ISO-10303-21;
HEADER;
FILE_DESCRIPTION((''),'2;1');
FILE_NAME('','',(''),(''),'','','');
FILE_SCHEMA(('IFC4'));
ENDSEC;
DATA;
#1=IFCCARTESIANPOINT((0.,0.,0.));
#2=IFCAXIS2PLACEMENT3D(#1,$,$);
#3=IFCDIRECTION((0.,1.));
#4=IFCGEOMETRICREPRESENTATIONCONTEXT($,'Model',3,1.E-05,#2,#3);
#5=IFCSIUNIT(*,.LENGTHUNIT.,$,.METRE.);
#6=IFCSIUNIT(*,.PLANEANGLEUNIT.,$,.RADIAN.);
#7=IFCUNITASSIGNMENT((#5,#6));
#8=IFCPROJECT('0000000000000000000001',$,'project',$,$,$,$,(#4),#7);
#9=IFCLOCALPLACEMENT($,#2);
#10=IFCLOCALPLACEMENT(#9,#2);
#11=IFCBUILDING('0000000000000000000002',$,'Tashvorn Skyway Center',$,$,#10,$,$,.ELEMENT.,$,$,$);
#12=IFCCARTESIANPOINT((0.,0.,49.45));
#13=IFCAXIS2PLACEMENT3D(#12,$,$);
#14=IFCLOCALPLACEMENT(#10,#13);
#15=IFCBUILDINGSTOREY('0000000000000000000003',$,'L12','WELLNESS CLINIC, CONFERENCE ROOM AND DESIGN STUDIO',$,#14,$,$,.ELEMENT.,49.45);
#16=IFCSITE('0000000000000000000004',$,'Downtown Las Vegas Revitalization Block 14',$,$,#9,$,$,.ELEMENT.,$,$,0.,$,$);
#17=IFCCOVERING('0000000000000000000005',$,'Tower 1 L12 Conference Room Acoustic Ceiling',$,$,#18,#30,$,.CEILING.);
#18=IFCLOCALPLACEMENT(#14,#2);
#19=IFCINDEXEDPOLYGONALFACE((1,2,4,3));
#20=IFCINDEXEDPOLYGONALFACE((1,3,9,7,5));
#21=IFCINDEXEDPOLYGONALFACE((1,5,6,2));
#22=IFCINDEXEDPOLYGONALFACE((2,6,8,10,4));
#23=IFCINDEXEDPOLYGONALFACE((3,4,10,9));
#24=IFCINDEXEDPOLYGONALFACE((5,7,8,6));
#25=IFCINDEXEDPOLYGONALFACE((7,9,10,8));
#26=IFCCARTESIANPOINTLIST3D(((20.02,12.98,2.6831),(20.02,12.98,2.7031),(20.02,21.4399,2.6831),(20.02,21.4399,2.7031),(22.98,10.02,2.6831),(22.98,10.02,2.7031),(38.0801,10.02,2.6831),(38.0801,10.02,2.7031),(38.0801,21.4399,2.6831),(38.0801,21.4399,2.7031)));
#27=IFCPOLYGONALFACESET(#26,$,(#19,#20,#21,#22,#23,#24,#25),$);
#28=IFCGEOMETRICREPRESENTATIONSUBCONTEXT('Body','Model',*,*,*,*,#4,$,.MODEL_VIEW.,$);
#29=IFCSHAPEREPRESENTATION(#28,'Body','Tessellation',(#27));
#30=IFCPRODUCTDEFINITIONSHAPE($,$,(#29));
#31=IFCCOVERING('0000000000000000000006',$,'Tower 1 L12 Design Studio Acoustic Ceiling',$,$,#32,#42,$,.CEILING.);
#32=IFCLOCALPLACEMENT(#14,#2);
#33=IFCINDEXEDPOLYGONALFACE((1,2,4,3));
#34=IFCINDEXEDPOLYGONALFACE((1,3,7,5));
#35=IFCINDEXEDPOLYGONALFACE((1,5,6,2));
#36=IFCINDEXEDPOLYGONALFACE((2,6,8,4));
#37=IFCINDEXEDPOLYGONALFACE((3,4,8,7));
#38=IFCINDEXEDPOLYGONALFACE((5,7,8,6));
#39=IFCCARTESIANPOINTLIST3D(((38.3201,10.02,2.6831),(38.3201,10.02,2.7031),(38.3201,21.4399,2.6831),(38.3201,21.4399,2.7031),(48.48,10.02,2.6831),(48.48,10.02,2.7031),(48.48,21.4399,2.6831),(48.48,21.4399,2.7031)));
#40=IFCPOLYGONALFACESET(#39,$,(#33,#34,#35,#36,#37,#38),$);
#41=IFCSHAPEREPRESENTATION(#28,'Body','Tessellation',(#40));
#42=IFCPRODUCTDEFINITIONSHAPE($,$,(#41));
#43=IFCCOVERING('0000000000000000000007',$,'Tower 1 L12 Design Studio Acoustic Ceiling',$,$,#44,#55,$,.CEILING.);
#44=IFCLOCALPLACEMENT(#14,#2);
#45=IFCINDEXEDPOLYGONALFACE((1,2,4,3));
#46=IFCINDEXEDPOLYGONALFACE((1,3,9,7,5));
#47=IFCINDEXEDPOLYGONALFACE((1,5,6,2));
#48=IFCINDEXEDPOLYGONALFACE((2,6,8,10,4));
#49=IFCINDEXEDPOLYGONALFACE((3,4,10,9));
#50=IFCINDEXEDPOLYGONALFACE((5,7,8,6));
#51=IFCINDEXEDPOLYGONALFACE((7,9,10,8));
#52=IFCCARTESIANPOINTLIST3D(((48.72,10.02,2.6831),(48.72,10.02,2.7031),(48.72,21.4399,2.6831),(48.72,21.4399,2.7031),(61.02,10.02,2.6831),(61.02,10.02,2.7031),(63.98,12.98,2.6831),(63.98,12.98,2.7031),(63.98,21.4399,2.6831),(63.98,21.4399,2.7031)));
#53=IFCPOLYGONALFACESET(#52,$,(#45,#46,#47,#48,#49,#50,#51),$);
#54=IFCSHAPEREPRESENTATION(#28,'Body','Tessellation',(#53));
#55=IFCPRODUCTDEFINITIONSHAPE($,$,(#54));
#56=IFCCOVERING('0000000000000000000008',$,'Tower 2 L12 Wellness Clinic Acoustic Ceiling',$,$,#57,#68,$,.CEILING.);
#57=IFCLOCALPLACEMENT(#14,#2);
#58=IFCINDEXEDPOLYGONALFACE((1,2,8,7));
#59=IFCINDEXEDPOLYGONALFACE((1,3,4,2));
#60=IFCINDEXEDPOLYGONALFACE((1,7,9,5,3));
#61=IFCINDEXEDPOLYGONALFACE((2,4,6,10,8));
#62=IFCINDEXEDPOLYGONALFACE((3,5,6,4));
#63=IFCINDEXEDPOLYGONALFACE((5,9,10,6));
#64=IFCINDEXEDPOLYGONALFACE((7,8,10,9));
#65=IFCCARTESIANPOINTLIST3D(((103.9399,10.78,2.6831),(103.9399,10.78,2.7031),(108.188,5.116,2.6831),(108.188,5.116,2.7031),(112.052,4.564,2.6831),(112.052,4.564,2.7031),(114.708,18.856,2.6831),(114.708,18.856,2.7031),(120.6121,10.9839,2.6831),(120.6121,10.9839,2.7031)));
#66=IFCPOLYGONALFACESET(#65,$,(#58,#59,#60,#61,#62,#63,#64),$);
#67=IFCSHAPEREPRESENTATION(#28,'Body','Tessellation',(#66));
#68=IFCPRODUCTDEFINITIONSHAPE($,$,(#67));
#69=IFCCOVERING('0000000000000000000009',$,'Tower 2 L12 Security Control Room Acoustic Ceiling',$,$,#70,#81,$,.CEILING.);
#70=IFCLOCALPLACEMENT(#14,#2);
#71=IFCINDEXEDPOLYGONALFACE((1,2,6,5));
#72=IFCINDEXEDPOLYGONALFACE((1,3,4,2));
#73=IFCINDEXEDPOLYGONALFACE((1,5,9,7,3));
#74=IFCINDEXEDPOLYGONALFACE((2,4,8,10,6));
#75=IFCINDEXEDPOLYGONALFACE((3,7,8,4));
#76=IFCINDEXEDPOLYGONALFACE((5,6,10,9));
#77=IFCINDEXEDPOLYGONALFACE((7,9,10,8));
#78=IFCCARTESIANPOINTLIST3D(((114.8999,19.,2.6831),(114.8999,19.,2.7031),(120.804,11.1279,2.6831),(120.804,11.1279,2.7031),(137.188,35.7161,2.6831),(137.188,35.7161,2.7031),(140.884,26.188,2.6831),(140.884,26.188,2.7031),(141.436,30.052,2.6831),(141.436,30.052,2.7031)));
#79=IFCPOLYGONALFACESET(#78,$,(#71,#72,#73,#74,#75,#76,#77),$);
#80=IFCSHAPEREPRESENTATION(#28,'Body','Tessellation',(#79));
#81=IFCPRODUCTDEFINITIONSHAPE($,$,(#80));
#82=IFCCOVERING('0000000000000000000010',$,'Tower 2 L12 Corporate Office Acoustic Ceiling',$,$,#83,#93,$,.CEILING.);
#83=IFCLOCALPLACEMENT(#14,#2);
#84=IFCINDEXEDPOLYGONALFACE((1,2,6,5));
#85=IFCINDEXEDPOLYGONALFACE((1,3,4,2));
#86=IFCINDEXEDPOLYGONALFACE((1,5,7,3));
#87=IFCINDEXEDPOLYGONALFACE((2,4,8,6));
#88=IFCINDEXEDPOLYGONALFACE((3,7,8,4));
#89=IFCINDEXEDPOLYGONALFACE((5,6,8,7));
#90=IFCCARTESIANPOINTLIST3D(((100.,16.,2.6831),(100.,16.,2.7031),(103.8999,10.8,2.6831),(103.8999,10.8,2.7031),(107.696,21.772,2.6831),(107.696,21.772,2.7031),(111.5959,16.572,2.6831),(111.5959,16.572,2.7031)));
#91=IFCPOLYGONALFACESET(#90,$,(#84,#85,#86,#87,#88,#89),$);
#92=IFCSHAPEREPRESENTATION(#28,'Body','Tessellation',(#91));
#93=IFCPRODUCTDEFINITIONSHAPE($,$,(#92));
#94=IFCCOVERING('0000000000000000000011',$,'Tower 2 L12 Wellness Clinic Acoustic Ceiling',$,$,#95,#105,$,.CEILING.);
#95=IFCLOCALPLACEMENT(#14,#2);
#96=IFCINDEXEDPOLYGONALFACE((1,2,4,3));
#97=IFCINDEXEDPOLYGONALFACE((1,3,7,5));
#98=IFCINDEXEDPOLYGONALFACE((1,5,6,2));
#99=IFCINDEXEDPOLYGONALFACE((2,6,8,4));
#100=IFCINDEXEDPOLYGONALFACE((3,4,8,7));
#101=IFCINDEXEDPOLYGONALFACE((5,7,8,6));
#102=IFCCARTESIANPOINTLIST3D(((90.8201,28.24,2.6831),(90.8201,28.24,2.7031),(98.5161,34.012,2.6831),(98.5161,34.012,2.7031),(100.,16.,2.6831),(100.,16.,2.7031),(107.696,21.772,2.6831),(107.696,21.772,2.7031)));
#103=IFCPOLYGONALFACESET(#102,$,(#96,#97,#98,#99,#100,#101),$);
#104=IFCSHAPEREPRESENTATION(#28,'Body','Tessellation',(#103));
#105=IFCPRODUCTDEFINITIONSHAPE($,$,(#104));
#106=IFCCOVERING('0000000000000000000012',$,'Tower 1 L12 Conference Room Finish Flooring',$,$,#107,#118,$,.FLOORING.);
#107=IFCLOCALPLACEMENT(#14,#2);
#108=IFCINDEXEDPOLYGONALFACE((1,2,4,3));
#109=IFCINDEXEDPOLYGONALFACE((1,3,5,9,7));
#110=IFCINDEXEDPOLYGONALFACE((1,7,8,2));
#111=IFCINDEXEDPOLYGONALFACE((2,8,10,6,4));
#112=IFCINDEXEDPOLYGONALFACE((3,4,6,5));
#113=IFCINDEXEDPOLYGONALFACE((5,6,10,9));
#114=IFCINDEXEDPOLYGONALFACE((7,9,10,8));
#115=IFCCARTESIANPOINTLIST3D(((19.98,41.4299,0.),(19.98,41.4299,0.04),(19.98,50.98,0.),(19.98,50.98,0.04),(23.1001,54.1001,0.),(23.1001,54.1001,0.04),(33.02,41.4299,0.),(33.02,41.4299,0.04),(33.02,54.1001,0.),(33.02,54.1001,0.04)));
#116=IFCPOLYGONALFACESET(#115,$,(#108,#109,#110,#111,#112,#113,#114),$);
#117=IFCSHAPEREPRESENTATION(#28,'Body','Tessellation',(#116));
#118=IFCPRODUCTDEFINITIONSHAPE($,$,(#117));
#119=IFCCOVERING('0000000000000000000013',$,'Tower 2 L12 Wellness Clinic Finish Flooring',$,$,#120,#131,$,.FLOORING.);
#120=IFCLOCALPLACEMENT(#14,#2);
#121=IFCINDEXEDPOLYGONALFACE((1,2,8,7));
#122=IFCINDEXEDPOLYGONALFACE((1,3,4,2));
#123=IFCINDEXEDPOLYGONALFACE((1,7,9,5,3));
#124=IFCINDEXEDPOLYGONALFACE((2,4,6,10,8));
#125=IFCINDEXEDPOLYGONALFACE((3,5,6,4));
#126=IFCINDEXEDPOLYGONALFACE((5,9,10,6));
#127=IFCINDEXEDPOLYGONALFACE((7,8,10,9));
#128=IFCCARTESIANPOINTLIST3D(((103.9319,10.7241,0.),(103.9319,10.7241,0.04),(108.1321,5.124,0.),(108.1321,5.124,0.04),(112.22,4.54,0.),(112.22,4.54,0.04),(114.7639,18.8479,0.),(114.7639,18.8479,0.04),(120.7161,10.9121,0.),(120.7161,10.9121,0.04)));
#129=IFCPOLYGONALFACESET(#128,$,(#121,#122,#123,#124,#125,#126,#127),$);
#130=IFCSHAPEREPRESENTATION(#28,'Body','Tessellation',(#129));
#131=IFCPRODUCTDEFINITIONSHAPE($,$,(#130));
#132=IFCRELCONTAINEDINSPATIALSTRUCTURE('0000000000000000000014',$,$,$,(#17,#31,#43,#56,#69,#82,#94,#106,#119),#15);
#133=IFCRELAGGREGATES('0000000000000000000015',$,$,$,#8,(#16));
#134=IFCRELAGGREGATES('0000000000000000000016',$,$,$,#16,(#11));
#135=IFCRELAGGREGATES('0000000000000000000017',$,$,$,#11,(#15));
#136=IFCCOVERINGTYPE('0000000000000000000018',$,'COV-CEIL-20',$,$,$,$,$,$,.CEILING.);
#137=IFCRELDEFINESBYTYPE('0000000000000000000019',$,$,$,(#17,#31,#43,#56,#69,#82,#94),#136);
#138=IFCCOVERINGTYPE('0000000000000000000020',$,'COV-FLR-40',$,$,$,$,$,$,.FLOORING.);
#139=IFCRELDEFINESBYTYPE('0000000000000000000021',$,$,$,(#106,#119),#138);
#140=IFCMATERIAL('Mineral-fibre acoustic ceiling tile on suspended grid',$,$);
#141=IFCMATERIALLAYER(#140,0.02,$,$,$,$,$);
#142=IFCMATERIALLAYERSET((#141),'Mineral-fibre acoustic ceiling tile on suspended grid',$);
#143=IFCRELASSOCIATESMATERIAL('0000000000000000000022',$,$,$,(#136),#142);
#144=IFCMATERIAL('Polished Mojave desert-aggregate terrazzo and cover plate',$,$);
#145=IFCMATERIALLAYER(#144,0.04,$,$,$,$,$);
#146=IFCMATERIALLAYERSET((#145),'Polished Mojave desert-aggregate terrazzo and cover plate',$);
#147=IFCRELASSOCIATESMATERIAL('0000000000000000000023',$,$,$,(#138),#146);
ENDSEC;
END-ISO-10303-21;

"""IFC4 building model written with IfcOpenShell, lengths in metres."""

from ifc_helpers import new_model, si_unit, direction, frame, origin, place, context, subcontext, project, spatial, polyline, outline, extrude, material, layer, layer_set, type_object, element, save


model = new_model("IFC4")

# Units and contexts
model_context = context("Model", 3, precision=1e-05, world=origin(), true_north=direction((0.0, 1.0)))
body_context = subcontext(model_context, "Body", "Model", "MODEL_VIEW")
ifc_project = project(units=[si_unit("LENGTHUNIT", "METRE"), si_unit("PLANEANGLEUNIT", "RADIAN")], contexts=[model_context])

# Site, building, storey
site_placement = place(None, origin())
site = spatial("IfcSite", under=ifc_project, at=site_placement, Name="Downtown Las Vegas Revitalization Block 14", CompositionType="ELEMENT", RefElevation=0.0)
building_placement = place(site_placement, origin())
building = spatial("IfcBuilding", under=site, at=building_placement, Name="Tashvorn Skyway Center", CompositionType="ELEMENT")
storey_placement = place(building_placement, frame((0.0, 0.0, 49.45)))
storey = spatial("IfcBuildingStorey", under=building, at=storey_placement, Name="L12", Description="WELLNESS CLINIC, CONFERENCE ROOM AND DESIGN STUDIO", CompositionType="ELEMENT", Elevation=49.45)

# Coverings
ifc_material_1 = material(Name="Mineral-fibre acoustic ceiling tile on suspended grid")
ifc_layer_1 = layer(ifc_material_1, 0.02)
ifc_layer_set_1 = layer_set([ifc_layer_1], Name="Mineral-fibre acoustic ceiling tile on suspended grid")
covering_type_1 = type_object("IfcCoveringType", Name="COV-CEIL-20", PredefinedType="CEILING", material=ifc_layer_set_1)
covering_1_placement = place(storey_placement, frame((0.0, 0.0, 2.6831)))
element("IfcCovering", 1, at=covering_1_placement, inside=storey, type_object=covering_type_1, Name="Tower 1 L12 Conference Room Acoustic Ceiling", PredefinedType="CEILING", context=body_context, shape_type="SweptSolid", body=[
    extrude(outline(polyline([(20.02, 21.4399), (38.0801, 21.4399), (38.0801, 10.02), (22.98, 10.02), (20.02, 12.98), (20.02, 21.4399)])), origin(), (0.0, 0.0, 1.0), 0.02),
])
covering_2_placement = place(storey_placement, frame((0.0, 0.0, 2.6831)))
element("IfcCovering", 2, at=covering_2_placement, inside=storey, type_object=covering_type_1, Name="Tower 1 L12 Design Studio Acoustic Ceiling", PredefinedType="CEILING", context=body_context, shape_type="SweptSolid", body=[
    extrude(outline(polyline([(38.3201, 21.4399), (48.48, 21.4399), (48.48, 10.02), (38.3201, 10.02), (38.3201, 21.4399)])), origin(), (0.0, 0.0, 1.0), 0.02),
])
covering_3_placement = place(storey_placement, frame((0.0, 0.0, 2.6831)))
element("IfcCovering", 3, at=covering_3_placement, inside=storey, type_object=covering_type_1, Name="Tower 1 L12 Design Studio Acoustic Ceiling", PredefinedType="CEILING", context=body_context, shape_type="SweptSolid", body=[
    extrude(outline(polyline([(48.72, 10.02), (48.72, 21.4399), (63.98, 21.4399), (63.98, 12.98), (61.02, 10.02), (48.72, 10.02)])), origin(), (0.0, 0.0, 1.0), 0.02),
])
covering_4_placement = place(storey_placement, frame((0.0, 0.0, 2.6831)))
element("IfcCovering", 4, at=covering_4_placement, inside=storey, type_object=covering_type_1, Name="Tower 2 L12 Wellness Clinic Acoustic Ceiling", PredefinedType="CEILING", context=body_context, shape_type="SweptSolid", body=[
    extrude(outline(polyline([(103.9399, 10.78), (114.708, 18.856), (120.6121, 10.9839), (112.052, 4.564), (108.188, 5.116), (103.9399, 10.78)])), origin(), (0.0, 0.0, 1.0), 0.02),
])
covering_5_placement = place(storey_placement, frame((0.0, 0.0, 2.6831)))
element("IfcCovering", 5, at=covering_5_placement, inside=storey, type_object=covering_type_1, Name="Tower 2 L12 Security Control Room Acoustic Ceiling", PredefinedType="CEILING", context=body_context, shape_type="SweptSolid", body=[
    extrude(outline(polyline([(120.804, 11.1279), (114.8999, 19.0), (137.188, 35.7161), (141.436, 30.052), (140.884, 26.188), (120.804, 11.1279)])), origin(), (0.0, 0.0, 1.0), 0.02),
])
covering_6_placement = place(storey_placement, frame((0.0, 0.0, 2.6831)))
element("IfcCovering", 6, at=covering_6_placement, inside=storey, type_object=covering_type_1, Name="Tower 2 L12 Corporate Office Acoustic Ceiling", PredefinedType="CEILING", context=body_context, shape_type="SweptSolid", body=[
    extrude(outline(polyline([(103.8999, 10.8), (111.5959, 16.572), (107.696, 21.772), (100.0, 16.0), (103.8999, 10.8)])), origin(), (0.0, 0.0, 1.0), 0.02),
])
covering_7_placement = place(storey_placement, frame((0.0, 0.0, 2.6831)))
element("IfcCovering", 7, at=covering_7_placement, inside=storey, type_object=covering_type_1, Name="Tower 2 L12 Wellness Clinic Acoustic Ceiling", PredefinedType="CEILING", context=body_context, shape_type="SweptSolid", body=[
    extrude(outline(polyline([(100.0, 16.0), (107.696, 21.772), (98.5161, 34.012), (90.8201, 28.24), (100.0, 16.0)])), origin(), (0.0, 0.0, 1.0), 0.02),
])
ifc_material_2 = material(Name="Polished Mojave desert-aggregate terrazzo and cover plate")
ifc_layer_2 = layer(ifc_material_2, 0.04)
ifc_layer_set_2 = layer_set([ifc_layer_2], Name="Polished Mojave desert-aggregate terrazzo and cover plate")
covering_type_2 = type_object("IfcCoveringType", Name="COV-FLR-40", PredefinedType="FLOORING", material=ifc_layer_set_2)
covering_8_placement = place(storey_placement, origin())
element("IfcCovering", 8, at=covering_8_placement, inside=storey, type_object=covering_type_2, Name="Tower 1 L12 Conference Room Finish Flooring", PredefinedType="FLOORING", context=body_context, shape_type="SweptSolid", body=[
    extrude(outline(polyline([(33.02, 41.4299), (19.98, 41.4299), (19.98, 50.98), (23.1001, 54.1001), (33.02, 54.1001), (33.02, 41.4299)])), origin(), (0.0, 0.0, 1.0), 0.04),
])
covering_9_placement = place(storey_placement, origin())
element("IfcCovering", 9, at=covering_9_placement, inside=storey, type_object=covering_type_2, Name="Tower 2 L12 Wellness Clinic Finish Flooring", PredefinedType="FLOORING", context=body_context, shape_type="SweptSolid", body=[
    extrude(outline(polyline([(112.22, 4.54), (108.1321, 5.124), (103.9319, 10.7241), (114.7639, 18.8479), (120.7161, 10.9121), (112.22, 4.54)])), origin(), (0.0, 0.0, 1.0), 0.04),
])

save(model, "model.ifc")
